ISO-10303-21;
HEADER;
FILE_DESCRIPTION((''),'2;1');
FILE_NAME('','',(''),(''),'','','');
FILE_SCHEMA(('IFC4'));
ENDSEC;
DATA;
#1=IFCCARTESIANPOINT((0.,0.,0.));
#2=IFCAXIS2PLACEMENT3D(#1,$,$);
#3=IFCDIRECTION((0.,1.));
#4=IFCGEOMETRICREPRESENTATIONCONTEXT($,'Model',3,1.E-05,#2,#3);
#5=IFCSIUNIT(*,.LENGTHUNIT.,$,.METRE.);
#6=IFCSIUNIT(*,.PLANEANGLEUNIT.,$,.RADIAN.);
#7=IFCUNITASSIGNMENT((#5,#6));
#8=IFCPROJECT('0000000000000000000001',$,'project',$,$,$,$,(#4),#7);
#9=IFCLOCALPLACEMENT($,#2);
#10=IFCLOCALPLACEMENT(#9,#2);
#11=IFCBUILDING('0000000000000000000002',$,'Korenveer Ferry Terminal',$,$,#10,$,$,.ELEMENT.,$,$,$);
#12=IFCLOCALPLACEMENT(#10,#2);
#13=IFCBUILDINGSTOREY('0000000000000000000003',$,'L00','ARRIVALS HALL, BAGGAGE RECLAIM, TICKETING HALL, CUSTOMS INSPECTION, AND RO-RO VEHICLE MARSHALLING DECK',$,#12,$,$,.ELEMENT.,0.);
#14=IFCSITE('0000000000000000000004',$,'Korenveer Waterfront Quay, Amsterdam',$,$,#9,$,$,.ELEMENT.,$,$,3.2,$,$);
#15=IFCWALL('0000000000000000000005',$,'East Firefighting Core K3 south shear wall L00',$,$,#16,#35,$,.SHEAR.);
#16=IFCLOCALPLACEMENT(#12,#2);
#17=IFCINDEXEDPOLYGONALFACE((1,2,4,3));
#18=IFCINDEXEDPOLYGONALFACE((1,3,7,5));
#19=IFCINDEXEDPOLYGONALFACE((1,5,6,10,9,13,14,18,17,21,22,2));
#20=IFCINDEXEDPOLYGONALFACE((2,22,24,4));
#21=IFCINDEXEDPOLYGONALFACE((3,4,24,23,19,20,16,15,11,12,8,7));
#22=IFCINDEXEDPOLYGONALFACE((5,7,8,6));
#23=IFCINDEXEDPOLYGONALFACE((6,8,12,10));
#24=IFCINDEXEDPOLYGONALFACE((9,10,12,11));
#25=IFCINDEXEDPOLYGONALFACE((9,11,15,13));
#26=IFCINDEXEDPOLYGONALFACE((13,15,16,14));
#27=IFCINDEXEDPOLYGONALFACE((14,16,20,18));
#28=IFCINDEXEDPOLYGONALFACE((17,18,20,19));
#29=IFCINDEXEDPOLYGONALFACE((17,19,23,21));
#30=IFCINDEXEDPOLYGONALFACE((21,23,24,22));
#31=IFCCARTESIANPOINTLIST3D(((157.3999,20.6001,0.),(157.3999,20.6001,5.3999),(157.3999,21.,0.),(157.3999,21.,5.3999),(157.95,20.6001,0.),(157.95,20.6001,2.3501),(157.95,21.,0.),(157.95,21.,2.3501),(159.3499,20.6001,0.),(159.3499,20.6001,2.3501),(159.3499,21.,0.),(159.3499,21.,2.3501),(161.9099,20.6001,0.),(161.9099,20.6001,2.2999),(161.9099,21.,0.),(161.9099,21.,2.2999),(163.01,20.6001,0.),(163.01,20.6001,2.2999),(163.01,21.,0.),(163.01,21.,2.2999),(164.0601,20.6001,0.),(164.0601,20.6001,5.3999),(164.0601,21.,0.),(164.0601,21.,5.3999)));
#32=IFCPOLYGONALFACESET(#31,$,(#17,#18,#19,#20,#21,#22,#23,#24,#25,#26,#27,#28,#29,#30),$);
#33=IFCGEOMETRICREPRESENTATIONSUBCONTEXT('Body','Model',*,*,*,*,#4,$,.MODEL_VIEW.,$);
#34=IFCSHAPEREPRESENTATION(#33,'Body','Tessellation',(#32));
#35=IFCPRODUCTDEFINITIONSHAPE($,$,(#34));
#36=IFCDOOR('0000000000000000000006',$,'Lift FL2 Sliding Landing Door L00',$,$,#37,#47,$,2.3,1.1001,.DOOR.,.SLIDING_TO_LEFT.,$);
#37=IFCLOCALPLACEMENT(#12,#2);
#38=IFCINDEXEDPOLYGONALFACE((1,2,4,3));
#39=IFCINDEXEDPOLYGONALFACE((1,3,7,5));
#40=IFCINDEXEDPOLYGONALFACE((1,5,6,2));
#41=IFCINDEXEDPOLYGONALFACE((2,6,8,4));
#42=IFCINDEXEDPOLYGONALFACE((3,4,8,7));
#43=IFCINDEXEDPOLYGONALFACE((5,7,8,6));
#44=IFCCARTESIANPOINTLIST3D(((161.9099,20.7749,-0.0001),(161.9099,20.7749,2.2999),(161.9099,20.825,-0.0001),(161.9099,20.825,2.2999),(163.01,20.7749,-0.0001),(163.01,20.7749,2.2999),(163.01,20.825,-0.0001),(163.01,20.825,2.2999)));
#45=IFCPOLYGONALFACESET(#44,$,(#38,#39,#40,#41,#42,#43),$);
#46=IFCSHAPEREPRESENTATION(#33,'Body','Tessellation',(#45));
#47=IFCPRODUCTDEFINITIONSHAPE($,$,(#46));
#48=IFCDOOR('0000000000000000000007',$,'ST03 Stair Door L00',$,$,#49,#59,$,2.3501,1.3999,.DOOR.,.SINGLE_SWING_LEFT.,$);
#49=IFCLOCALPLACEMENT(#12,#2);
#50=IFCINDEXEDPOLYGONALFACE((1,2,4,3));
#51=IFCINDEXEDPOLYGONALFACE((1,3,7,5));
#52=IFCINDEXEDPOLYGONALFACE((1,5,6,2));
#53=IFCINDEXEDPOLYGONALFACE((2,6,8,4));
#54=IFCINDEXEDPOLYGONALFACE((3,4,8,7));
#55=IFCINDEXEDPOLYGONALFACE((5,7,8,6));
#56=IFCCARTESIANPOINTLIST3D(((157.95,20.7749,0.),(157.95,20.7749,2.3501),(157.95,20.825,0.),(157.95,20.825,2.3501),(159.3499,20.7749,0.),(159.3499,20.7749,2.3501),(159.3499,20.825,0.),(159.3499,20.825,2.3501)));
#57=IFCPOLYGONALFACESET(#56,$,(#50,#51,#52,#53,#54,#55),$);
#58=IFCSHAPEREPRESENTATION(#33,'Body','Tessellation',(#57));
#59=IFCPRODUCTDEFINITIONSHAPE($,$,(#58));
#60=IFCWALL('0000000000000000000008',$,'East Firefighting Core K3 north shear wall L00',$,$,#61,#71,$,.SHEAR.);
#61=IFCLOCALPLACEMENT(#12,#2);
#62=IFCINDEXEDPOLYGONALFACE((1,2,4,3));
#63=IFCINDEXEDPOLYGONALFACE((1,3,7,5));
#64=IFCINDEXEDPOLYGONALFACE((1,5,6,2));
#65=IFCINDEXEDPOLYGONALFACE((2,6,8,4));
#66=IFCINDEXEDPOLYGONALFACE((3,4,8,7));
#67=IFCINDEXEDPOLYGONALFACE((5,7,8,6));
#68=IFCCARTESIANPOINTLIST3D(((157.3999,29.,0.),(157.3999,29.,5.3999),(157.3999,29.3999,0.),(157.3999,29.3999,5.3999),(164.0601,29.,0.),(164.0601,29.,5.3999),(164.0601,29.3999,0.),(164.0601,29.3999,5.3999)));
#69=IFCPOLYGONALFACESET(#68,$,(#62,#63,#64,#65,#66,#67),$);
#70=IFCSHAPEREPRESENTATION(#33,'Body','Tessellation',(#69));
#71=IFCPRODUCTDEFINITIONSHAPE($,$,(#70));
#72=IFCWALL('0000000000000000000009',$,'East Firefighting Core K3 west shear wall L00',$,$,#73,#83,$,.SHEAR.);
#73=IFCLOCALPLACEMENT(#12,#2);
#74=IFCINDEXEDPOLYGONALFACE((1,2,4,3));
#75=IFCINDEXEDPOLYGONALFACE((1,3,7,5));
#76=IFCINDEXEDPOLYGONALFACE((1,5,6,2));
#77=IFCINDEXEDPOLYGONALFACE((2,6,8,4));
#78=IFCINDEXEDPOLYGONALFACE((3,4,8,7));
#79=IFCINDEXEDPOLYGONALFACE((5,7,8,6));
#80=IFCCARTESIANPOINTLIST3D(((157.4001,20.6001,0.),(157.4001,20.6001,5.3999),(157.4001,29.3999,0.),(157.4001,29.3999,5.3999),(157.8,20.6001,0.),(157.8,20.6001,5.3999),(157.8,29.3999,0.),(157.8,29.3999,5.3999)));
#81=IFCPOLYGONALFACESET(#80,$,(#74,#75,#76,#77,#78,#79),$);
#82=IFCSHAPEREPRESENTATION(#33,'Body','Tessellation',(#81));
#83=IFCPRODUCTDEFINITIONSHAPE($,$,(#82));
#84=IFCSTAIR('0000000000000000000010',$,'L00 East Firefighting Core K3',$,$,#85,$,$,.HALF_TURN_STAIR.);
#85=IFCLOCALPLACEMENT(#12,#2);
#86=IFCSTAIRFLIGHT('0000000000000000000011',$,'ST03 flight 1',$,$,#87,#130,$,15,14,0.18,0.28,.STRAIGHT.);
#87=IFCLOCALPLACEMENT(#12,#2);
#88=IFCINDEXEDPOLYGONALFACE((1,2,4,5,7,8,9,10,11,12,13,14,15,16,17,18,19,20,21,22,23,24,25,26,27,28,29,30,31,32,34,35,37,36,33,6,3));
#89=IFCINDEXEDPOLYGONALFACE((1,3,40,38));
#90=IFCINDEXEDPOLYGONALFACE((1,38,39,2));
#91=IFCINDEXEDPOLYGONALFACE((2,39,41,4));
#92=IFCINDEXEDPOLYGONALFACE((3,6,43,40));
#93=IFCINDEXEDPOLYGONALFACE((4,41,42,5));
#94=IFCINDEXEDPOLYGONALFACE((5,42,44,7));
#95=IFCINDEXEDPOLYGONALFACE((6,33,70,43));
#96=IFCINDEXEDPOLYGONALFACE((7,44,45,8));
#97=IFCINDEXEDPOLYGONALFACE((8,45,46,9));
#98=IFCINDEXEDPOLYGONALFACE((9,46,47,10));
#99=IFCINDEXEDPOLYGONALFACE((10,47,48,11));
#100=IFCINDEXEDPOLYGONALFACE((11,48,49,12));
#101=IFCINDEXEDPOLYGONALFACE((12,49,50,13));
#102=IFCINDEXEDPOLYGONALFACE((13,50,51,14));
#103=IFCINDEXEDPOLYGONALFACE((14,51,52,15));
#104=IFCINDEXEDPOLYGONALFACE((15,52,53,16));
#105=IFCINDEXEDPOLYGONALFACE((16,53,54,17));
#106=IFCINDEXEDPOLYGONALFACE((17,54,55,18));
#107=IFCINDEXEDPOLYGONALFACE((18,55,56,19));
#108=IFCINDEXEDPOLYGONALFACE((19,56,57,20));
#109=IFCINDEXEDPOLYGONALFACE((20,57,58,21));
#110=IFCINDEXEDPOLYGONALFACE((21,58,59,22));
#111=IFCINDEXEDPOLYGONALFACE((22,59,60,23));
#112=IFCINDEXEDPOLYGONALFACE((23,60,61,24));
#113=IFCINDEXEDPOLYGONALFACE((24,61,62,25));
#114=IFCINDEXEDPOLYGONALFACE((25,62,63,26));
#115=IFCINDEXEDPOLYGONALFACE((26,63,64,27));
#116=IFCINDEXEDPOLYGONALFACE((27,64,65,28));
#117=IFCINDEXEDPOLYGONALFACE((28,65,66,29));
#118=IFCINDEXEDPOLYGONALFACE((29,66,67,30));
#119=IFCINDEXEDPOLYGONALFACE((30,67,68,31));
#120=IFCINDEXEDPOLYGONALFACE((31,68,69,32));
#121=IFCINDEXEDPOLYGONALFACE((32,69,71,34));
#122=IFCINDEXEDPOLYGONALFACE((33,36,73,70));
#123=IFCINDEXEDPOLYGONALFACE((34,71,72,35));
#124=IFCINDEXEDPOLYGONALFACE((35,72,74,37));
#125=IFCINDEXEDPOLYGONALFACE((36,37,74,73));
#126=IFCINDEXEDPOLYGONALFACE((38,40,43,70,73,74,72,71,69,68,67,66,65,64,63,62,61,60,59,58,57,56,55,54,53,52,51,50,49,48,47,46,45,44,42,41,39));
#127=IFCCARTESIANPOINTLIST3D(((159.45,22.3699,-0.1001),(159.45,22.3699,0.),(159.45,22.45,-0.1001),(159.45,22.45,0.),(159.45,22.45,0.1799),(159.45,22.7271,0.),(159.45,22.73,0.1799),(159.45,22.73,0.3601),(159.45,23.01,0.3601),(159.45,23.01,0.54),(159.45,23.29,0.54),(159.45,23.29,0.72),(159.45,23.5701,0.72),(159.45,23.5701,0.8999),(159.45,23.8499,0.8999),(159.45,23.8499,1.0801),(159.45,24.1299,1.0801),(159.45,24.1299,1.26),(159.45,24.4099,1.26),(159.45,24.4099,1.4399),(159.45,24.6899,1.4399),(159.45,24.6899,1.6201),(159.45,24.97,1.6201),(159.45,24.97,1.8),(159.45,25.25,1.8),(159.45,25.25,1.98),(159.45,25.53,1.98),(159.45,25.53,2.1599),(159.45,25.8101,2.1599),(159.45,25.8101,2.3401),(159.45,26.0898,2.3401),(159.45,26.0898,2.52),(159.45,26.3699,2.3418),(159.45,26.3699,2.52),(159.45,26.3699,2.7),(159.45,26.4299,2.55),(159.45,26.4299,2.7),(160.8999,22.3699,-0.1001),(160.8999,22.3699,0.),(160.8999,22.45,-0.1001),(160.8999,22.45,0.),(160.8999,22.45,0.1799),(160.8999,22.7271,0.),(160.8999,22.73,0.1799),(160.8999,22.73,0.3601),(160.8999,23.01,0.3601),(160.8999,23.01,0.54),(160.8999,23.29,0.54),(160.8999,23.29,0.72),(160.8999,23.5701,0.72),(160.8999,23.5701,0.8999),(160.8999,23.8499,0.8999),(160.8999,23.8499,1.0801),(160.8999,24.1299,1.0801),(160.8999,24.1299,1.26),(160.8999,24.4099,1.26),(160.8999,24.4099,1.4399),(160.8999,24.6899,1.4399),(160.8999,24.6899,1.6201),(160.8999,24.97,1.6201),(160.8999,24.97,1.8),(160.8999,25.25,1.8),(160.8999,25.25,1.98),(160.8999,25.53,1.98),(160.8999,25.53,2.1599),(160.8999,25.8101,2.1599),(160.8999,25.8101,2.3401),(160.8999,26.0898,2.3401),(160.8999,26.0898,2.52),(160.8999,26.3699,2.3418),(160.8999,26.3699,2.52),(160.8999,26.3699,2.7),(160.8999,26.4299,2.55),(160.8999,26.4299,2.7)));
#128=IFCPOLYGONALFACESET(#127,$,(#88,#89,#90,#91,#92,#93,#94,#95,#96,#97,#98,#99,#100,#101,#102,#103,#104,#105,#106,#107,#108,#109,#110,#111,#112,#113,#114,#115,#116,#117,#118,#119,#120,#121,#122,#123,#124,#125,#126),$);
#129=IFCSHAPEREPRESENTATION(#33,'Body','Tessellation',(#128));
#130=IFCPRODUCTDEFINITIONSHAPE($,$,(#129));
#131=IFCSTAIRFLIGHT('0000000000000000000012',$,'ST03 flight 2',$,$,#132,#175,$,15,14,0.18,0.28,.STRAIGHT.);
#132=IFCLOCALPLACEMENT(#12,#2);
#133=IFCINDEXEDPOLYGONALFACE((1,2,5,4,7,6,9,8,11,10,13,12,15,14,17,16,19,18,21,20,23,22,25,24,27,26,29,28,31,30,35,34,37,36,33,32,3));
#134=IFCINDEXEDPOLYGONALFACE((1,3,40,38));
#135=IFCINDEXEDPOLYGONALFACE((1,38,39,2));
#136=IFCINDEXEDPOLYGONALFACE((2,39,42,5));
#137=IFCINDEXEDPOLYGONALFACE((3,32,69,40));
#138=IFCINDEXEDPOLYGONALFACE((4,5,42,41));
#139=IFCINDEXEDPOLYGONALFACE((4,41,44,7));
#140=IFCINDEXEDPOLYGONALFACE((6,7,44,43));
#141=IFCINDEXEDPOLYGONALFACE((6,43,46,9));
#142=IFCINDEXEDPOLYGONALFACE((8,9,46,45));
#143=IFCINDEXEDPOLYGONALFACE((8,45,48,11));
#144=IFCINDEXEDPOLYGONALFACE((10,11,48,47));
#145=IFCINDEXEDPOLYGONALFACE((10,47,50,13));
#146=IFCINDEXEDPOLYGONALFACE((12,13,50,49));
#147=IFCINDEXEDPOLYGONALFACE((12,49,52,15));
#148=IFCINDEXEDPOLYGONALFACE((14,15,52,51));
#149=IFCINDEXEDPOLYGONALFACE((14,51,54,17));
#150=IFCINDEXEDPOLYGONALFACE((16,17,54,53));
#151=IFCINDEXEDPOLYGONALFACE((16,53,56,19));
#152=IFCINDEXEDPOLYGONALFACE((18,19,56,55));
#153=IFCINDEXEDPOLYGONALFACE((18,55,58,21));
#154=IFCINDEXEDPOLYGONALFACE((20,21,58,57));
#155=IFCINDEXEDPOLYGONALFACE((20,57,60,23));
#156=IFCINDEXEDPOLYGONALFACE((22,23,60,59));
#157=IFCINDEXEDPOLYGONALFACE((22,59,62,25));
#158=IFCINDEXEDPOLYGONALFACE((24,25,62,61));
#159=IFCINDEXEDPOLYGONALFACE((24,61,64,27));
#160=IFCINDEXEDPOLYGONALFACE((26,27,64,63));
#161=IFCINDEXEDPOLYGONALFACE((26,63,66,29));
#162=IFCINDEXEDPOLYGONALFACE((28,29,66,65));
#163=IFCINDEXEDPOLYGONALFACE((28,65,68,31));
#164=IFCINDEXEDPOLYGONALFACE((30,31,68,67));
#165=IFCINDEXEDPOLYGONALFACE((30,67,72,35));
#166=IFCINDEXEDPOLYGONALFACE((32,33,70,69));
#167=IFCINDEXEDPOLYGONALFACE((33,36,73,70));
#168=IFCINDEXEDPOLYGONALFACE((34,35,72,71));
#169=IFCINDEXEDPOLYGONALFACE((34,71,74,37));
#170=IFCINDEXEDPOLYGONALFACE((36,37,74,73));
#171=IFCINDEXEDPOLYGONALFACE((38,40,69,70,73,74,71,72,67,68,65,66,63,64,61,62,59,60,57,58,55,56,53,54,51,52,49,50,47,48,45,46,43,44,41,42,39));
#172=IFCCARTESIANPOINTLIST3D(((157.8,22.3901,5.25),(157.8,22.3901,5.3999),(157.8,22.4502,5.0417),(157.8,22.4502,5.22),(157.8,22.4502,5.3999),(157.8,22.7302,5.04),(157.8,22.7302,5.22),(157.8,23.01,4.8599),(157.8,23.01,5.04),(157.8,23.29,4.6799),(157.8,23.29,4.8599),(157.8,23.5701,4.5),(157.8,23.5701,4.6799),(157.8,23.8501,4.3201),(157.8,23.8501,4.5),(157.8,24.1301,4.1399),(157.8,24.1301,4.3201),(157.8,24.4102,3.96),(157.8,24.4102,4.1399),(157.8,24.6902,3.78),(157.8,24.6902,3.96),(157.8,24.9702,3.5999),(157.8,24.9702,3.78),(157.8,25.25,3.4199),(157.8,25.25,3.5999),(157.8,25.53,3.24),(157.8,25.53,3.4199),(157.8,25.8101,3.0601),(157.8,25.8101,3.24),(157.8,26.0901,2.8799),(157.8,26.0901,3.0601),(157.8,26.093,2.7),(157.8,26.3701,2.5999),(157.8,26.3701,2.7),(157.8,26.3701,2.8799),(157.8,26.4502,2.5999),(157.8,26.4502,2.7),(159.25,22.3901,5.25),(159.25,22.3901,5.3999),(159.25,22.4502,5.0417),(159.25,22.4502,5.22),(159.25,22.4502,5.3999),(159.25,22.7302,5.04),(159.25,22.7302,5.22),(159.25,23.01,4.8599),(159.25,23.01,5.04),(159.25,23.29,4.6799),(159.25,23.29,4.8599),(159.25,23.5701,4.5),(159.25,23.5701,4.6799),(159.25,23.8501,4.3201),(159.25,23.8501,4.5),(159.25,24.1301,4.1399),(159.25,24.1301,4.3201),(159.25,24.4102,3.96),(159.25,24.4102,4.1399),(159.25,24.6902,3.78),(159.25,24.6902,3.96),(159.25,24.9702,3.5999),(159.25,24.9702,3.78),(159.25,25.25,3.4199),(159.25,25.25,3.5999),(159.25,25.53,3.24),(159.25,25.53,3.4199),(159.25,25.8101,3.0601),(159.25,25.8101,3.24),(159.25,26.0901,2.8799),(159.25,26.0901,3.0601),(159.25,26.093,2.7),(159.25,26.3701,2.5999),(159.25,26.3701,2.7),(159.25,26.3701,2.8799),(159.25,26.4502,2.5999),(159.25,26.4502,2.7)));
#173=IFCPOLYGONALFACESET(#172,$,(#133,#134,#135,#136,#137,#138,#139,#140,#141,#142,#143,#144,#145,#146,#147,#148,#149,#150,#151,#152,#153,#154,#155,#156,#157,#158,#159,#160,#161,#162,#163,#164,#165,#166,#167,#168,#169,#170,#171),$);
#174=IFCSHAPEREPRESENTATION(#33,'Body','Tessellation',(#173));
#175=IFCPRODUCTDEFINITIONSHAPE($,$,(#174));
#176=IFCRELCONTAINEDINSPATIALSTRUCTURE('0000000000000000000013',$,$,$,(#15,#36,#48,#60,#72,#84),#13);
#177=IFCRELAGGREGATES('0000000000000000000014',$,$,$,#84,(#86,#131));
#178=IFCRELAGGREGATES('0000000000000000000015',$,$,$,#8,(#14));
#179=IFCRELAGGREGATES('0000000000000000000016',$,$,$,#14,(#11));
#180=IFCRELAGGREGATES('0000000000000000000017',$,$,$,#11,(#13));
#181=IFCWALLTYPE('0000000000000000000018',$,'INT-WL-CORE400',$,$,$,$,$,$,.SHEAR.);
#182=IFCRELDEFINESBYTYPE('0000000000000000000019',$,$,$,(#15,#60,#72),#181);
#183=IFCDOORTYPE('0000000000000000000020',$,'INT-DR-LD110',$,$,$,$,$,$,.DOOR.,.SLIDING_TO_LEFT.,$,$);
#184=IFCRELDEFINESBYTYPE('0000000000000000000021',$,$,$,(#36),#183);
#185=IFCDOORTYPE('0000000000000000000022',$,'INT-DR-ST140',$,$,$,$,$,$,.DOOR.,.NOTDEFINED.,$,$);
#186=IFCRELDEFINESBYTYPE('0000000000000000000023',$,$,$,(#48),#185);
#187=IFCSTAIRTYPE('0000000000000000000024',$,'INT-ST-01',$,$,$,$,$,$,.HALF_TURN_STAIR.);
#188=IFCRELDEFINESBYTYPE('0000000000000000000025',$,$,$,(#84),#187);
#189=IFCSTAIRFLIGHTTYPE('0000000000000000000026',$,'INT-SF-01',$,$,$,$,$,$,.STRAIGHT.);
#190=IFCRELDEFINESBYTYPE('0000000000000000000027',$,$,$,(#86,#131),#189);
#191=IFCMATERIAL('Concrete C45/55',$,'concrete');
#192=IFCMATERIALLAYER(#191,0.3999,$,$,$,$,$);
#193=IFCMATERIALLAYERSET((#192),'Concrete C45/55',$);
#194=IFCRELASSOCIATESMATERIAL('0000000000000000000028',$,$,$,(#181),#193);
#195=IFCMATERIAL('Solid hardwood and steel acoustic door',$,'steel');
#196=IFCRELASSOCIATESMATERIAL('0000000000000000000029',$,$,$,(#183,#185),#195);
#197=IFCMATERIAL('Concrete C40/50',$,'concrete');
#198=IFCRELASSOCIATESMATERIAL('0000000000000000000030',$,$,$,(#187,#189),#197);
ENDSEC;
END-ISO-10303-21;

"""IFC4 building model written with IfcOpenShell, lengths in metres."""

from ifc_helpers import new_model, si_unit, direction, frame, frame_2d, origin, place, context, subcontext, project, spatial, polyline, rectangle, outline, extrude, material, layer, layer_set, type_object, element, fill, aggregate, save


model = new_model("IFC4")

# Units and contexts
model_context = context("Model", 3, precision=1e-05, world=origin(), true_north=direction((0.0, 1.0)))
body_context = subcontext(model_context, "Body", "Model", "MODEL_VIEW")
ifc_project = project(units=[si_unit("LENGTHUNIT", "METRE"), si_unit("PLANEANGLEUNIT", "RADIAN")], contexts=[model_context])

# Site, building, storey
site_placement = place(None, origin())
site = spatial("IfcSite", under=ifc_project, at=site_placement, Name="Korenveer Waterfront Quay, Amsterdam", CompositionType="ELEMENT", RefElevation=3.2)
building_placement = place(site_placement, origin())
building = spatial("IfcBuilding", under=site, at=building_placement, Name="Korenveer Ferry Terminal", CompositionType="ELEMENT")
storey_placement = place(building_placement, origin())
storey = spatial("IfcBuildingStorey", under=building, at=storey_placement, Name="L00", Description="ARRIVALS HALL, BAGGAGE RECLAIM, TICKETING HALL, CUSTOMS INSPECTION, AND RO-RO VEHICLE MARSHALLING DECK", CompositionType="ELEMENT", Elevation=0.0)

# Shared definitions
ifc_material_1 = material(Name="Concrete C45/55", Category="concrete")

# Shared definitions
ifc_material_2 = material(Name="Concrete C40/50", Category="concrete")

# Wall, openings, doors
ifc_layer_1 = layer(ifc_material_1, 0.3999)
ifc_layer_set_1 = layer_set([ifc_layer_1], Name="Concrete C45/55")
wall_type_1 = type_object("IfcWallType", Name="INT-WL-CORE400", PredefinedType="SHEAR", material=ifc_layer_set_1)
wall_1_placement = place(storey_placement, frame((157.3999, 20.8, 0.0), z_axis=(0.0, 0.0, 1.0), x_axis=(1.0, 0.0, 0.0)))
wall_1 = element("IfcWall", 1, at=wall_1_placement, inside=storey, type_object=wall_type_1, Name="East Firefighting Core K3 south shear wall L00", PredefinedType="SHEAR", context=body_context, shape_type="SweptSolid", body=[
    extrude(rectangle(XDim=6.6602, YDim=0.3999, at=frame_2d((3.3301, 0.0))), origin(), (0.0, 0.0, 1.0), 5.3999),
])
opening_1_placement = place(wall_1_placement, frame((0.55, 0.0, 0.0)))
opening_1 = element("IfcOpeningElement", 2, at=opening_1_placement, cuts=wall_1, PredefinedType="OPENING", context=body_context, shape_type="SweptSolid", body=[
    extrude(rectangle(XDim=1.3999, YDim=2.3501, at=frame_2d((0.7, 1.175))), frame((0.0, 0.21, 0.0), z_axis=(0.0, -1.0, 0.0), x_axis=(1.0, 0.0, 0.0)), (0.0, 0.0, 1.0), 0.4199),
])
opening_2_placement = place(wall_1_placement, frame((4.51, 0.0, 0.0)))
opening_2 = element("IfcOpeningElement", 3, at=opening_2_placement, cuts=wall_1, PredefinedType="OPENING", context=body_context, shape_type="SweptSolid", body=[
    extrude(rectangle(XDim=1.1001, YDim=2.3, at=frame_2d((0.55, 1.1499))), frame((0.0, 0.21, 0.0), z_axis=(0.0, -1.0, 0.0), x_axis=(1.0, 0.0, 0.0)), (0.0, 0.0, 1.0), 0.4199),
])
ifc_material_3 = material(Name="Solid hardwood and steel acoustic door", Category="steel")
door_type_1 = type_object("IfcDoorType", Name="INT-DR-LD110", OperationType="SLIDING_TO_LEFT", PredefinedType="DOOR", material=ifc_material_3)
door_1_placement = place(opening_2_placement, origin())
door_1 = element("IfcDoor", 4, at=door_1_placement, inside=storey, type_object=door_type_1, Name="Lift FL2 Sliding Landing Door L00", OperationType="SLIDING_TO_LEFT", OverallHeight=2.3, OverallWidth=1.1001, PredefinedType="DOOR", context=body_context, shape_type="SweptSolid", body=[
    extrude(rectangle(XDim=1.1001, YDim=2.3, at=frame_2d((0.55, 1.1499))), frame((0.0, 0.0249, 0.0), z_axis=(0.0, -1.0, 0.0), x_axis=(1.0, 0.0, 0.0)), (0.0, 0.0, 1.0), 0.05),
])
fill(opening_2, door_1)
door_type_2 = type_object("IfcDoorType", Name="INT-DR-ST140", OperationType="NOTDEFINED", PredefinedType="DOOR", material=ifc_material_3)
door_2_placement = place(opening_1_placement, origin())
door_2 = element("IfcDoor", 5, at=door_2_placement, inside=storey, type_object=door_type_2, Name="ST03 Stair Door L00", OperationType="SINGLE_SWING_LEFT", OverallHeight=2.3501, OverallWidth=1.3999, PredefinedType="DOOR", context=body_context, shape_type="SweptSolid", body=[
    extrude(rectangle(XDim=1.3999, YDim=2.3501, at=frame_2d((0.7, 1.175))), frame((0.0, 0.0249, 0.0), z_axis=(0.0, -1.0, 0.0), x_axis=(1.0, 0.0, 0.0)), (0.0, 0.0, 1.0), 0.05),
])
fill(opening_1, door_2)

# Walls
wall_2_placement = place(storey_placement, frame((157.3999, 29.2, 0.0), z_axis=(0.0, 0.0, 1.0), x_axis=(1.0, 0.0, 0.0)))
element("IfcWall", 6, at=wall_2_placement, inside=storey, type_object=wall_type_1, Name="East Firefighting Core K3 north shear wall L00", PredefinedType="SHEAR", context=body_context, shape_type="SweptSolid", body=[
    extrude(rectangle(XDim=6.6602, YDim=0.3999, at=frame_2d((3.3301, 0.0))), origin(), (0.0, 0.0, 1.0), 5.3999),
])
wall_3_placement = place(storey_placement, frame((157.6001, 20.6001, 0.0), z_axis=(0.0, 0.0, 1.0), x_axis=(0.0, 1.0, 0.0)))
element("IfcWall", 7, at=wall_3_placement, inside=storey, type_object=wall_type_1, Name="East Firefighting Core K3 west shear wall L00", PredefinedType="SHEAR", context=body_context, shape_type="SweptSolid", body=[
    extrude(rectangle(XDim=8.7998, YDim=0.3999, at=frame_2d((4.3999, 0.0))), origin(), (0.0, 0.0, 1.0), 5.3999),
])

# Stair, stair flights
stair_type = type_object("IfcStairType", Name="INT-ST-01", PredefinedType="HALF_TURN_STAIR", material=ifc_material_2)
stair_placement = place(storey_placement, frame((160.175, 22.45, 0.0)))
stair = element("IfcStair", 8, at=stair_placement, inside=storey, type_object=stair_type, Name="L00 East Firefighting Core K3", PredefinedType="HALF_TURN_STAIR")
stair_flight_type = type_object("IfcStairFlightType", Name="INT-SF-01", PredefinedType="STRAIGHT", material=ifc_material_2)
stair_flight_1_placement = place(storey_placement, frame((160.175, 22.45, 0.0), z_axis=(0.0, 0.0, 1.0), x_axis=(0.0, 1.0, 0.0)))
stair_flight_1 = element("IfcStairFlight", 9, at=stair_flight_1_placement, type_object=stair_flight_type, Name="ST03 flight 1", NumberOfRisers=15, NumberOfTreads=14, PredefinedType="STRAIGHT", RiserHeight=0.18, TreadLength=0.28, context=body_context, shape_type="SweptSolid", body=[
    extrude(outline(polyline([(-0.0801, 0.0), (0.0, 0.0), (0.0, 0.1799), (0.28, 0.1799), (0.28, 0.3601), (0.5601, 0.3601), (0.5601, 0.54), (0.8401, 0.54), (0.8401, 0.72), (1.1201, 0.72), (1.1201, 0.8999), (1.3999, 0.8999), (1.3999, 1.0801), (1.6799, 1.0801), (1.6799, 1.26), (1.96, 1.26), (1.96, 1.4399), (2.24, 1.4399), (2.24, 1.6201), (2.52, 1.6201), (2.52, 1.8), (2.8, 1.8), (2.8, 1.98), (3.0801, 1.98), (3.0801, 2.1599), (3.3601, 2.1599), (3.3601, 2.3401), (3.6399, 2.3401), (3.6399, 2.52), (3.9199, 2.52), (3.9199, 2.7), (3.98, 2.7), (3.98, 2.55), (3.9199, 2.3418), (0.2771, 0.0), (0.0, -0.1001), (-0.0801, -0.1001), (-0.0801, 0.0)])), frame((0.0, 0.7251, 0.0), z_axis=(0.0, -1.0, 0.0), x_axis=(1.0, 0.0, 0.0)), (0.0, 0.0, 1.0), 1.45),
])
stair_flight_2_placement = place(storey_placement, frame((158.5249, 26.3701, 2.7), z_axis=(0.0, 0.0, 1.0), x_axis=(0.0, -1.0, 0.0)))
stair_flight_2 = element("IfcStairFlight", 10, at=stair_flight_2_placement, type_object=stair_flight_type, Name="ST03 flight 2", NumberOfRisers=15, NumberOfTreads=14, PredefinedType="STRAIGHT", RiserHeight=0.18, TreadLength=0.28, context=body_context, shape_type="SweptSolid", body=[
    extrude(outline(polyline([(-0.0801, 0.0), (0.0, 0.0), (0.0, 0.1799), (0.28, 0.1799), (0.28, 0.3601), (0.5601, 0.3601), (0.5601, 0.54), (0.8401, 0.54), (0.8401, 0.72), (1.1201, 0.72), (1.1201, 0.8999), (1.3999, 0.8999), (1.3999, 1.0801), (1.6799, 1.0801), (1.6799, 1.26), (1.96, 1.26), (1.96, 1.4399), (2.24, 1.4399), (2.24, 1.6201), (2.52, 1.6201), (2.52, 1.8), (2.8, 1.8), (2.8, 1.98), (3.0801, 1.98), (3.0801, 2.1599), (3.3601, 2.1599), (3.3601, 2.3401), (3.6399, 2.3401), (3.6399, 2.52), (3.9199, 2.52), (3.9199, 2.7), (3.98, 2.7), (3.98, 2.55), (3.9199, 2.3418), (0.2771, 0.0), (0.0, -0.1001), (-0.0801, -0.1001), (-0.0801, 0.0)])), frame((0.0, 0.7251, 0.0), z_axis=(0.0, -1.0, 0.0), x_axis=(1.0, 0.0, 0.0)), (0.0, 0.0, 1.0), 1.45),
])
aggregate(stair, [stair_flight_1, stair_flight_2])

save(model, "model.ifc")
